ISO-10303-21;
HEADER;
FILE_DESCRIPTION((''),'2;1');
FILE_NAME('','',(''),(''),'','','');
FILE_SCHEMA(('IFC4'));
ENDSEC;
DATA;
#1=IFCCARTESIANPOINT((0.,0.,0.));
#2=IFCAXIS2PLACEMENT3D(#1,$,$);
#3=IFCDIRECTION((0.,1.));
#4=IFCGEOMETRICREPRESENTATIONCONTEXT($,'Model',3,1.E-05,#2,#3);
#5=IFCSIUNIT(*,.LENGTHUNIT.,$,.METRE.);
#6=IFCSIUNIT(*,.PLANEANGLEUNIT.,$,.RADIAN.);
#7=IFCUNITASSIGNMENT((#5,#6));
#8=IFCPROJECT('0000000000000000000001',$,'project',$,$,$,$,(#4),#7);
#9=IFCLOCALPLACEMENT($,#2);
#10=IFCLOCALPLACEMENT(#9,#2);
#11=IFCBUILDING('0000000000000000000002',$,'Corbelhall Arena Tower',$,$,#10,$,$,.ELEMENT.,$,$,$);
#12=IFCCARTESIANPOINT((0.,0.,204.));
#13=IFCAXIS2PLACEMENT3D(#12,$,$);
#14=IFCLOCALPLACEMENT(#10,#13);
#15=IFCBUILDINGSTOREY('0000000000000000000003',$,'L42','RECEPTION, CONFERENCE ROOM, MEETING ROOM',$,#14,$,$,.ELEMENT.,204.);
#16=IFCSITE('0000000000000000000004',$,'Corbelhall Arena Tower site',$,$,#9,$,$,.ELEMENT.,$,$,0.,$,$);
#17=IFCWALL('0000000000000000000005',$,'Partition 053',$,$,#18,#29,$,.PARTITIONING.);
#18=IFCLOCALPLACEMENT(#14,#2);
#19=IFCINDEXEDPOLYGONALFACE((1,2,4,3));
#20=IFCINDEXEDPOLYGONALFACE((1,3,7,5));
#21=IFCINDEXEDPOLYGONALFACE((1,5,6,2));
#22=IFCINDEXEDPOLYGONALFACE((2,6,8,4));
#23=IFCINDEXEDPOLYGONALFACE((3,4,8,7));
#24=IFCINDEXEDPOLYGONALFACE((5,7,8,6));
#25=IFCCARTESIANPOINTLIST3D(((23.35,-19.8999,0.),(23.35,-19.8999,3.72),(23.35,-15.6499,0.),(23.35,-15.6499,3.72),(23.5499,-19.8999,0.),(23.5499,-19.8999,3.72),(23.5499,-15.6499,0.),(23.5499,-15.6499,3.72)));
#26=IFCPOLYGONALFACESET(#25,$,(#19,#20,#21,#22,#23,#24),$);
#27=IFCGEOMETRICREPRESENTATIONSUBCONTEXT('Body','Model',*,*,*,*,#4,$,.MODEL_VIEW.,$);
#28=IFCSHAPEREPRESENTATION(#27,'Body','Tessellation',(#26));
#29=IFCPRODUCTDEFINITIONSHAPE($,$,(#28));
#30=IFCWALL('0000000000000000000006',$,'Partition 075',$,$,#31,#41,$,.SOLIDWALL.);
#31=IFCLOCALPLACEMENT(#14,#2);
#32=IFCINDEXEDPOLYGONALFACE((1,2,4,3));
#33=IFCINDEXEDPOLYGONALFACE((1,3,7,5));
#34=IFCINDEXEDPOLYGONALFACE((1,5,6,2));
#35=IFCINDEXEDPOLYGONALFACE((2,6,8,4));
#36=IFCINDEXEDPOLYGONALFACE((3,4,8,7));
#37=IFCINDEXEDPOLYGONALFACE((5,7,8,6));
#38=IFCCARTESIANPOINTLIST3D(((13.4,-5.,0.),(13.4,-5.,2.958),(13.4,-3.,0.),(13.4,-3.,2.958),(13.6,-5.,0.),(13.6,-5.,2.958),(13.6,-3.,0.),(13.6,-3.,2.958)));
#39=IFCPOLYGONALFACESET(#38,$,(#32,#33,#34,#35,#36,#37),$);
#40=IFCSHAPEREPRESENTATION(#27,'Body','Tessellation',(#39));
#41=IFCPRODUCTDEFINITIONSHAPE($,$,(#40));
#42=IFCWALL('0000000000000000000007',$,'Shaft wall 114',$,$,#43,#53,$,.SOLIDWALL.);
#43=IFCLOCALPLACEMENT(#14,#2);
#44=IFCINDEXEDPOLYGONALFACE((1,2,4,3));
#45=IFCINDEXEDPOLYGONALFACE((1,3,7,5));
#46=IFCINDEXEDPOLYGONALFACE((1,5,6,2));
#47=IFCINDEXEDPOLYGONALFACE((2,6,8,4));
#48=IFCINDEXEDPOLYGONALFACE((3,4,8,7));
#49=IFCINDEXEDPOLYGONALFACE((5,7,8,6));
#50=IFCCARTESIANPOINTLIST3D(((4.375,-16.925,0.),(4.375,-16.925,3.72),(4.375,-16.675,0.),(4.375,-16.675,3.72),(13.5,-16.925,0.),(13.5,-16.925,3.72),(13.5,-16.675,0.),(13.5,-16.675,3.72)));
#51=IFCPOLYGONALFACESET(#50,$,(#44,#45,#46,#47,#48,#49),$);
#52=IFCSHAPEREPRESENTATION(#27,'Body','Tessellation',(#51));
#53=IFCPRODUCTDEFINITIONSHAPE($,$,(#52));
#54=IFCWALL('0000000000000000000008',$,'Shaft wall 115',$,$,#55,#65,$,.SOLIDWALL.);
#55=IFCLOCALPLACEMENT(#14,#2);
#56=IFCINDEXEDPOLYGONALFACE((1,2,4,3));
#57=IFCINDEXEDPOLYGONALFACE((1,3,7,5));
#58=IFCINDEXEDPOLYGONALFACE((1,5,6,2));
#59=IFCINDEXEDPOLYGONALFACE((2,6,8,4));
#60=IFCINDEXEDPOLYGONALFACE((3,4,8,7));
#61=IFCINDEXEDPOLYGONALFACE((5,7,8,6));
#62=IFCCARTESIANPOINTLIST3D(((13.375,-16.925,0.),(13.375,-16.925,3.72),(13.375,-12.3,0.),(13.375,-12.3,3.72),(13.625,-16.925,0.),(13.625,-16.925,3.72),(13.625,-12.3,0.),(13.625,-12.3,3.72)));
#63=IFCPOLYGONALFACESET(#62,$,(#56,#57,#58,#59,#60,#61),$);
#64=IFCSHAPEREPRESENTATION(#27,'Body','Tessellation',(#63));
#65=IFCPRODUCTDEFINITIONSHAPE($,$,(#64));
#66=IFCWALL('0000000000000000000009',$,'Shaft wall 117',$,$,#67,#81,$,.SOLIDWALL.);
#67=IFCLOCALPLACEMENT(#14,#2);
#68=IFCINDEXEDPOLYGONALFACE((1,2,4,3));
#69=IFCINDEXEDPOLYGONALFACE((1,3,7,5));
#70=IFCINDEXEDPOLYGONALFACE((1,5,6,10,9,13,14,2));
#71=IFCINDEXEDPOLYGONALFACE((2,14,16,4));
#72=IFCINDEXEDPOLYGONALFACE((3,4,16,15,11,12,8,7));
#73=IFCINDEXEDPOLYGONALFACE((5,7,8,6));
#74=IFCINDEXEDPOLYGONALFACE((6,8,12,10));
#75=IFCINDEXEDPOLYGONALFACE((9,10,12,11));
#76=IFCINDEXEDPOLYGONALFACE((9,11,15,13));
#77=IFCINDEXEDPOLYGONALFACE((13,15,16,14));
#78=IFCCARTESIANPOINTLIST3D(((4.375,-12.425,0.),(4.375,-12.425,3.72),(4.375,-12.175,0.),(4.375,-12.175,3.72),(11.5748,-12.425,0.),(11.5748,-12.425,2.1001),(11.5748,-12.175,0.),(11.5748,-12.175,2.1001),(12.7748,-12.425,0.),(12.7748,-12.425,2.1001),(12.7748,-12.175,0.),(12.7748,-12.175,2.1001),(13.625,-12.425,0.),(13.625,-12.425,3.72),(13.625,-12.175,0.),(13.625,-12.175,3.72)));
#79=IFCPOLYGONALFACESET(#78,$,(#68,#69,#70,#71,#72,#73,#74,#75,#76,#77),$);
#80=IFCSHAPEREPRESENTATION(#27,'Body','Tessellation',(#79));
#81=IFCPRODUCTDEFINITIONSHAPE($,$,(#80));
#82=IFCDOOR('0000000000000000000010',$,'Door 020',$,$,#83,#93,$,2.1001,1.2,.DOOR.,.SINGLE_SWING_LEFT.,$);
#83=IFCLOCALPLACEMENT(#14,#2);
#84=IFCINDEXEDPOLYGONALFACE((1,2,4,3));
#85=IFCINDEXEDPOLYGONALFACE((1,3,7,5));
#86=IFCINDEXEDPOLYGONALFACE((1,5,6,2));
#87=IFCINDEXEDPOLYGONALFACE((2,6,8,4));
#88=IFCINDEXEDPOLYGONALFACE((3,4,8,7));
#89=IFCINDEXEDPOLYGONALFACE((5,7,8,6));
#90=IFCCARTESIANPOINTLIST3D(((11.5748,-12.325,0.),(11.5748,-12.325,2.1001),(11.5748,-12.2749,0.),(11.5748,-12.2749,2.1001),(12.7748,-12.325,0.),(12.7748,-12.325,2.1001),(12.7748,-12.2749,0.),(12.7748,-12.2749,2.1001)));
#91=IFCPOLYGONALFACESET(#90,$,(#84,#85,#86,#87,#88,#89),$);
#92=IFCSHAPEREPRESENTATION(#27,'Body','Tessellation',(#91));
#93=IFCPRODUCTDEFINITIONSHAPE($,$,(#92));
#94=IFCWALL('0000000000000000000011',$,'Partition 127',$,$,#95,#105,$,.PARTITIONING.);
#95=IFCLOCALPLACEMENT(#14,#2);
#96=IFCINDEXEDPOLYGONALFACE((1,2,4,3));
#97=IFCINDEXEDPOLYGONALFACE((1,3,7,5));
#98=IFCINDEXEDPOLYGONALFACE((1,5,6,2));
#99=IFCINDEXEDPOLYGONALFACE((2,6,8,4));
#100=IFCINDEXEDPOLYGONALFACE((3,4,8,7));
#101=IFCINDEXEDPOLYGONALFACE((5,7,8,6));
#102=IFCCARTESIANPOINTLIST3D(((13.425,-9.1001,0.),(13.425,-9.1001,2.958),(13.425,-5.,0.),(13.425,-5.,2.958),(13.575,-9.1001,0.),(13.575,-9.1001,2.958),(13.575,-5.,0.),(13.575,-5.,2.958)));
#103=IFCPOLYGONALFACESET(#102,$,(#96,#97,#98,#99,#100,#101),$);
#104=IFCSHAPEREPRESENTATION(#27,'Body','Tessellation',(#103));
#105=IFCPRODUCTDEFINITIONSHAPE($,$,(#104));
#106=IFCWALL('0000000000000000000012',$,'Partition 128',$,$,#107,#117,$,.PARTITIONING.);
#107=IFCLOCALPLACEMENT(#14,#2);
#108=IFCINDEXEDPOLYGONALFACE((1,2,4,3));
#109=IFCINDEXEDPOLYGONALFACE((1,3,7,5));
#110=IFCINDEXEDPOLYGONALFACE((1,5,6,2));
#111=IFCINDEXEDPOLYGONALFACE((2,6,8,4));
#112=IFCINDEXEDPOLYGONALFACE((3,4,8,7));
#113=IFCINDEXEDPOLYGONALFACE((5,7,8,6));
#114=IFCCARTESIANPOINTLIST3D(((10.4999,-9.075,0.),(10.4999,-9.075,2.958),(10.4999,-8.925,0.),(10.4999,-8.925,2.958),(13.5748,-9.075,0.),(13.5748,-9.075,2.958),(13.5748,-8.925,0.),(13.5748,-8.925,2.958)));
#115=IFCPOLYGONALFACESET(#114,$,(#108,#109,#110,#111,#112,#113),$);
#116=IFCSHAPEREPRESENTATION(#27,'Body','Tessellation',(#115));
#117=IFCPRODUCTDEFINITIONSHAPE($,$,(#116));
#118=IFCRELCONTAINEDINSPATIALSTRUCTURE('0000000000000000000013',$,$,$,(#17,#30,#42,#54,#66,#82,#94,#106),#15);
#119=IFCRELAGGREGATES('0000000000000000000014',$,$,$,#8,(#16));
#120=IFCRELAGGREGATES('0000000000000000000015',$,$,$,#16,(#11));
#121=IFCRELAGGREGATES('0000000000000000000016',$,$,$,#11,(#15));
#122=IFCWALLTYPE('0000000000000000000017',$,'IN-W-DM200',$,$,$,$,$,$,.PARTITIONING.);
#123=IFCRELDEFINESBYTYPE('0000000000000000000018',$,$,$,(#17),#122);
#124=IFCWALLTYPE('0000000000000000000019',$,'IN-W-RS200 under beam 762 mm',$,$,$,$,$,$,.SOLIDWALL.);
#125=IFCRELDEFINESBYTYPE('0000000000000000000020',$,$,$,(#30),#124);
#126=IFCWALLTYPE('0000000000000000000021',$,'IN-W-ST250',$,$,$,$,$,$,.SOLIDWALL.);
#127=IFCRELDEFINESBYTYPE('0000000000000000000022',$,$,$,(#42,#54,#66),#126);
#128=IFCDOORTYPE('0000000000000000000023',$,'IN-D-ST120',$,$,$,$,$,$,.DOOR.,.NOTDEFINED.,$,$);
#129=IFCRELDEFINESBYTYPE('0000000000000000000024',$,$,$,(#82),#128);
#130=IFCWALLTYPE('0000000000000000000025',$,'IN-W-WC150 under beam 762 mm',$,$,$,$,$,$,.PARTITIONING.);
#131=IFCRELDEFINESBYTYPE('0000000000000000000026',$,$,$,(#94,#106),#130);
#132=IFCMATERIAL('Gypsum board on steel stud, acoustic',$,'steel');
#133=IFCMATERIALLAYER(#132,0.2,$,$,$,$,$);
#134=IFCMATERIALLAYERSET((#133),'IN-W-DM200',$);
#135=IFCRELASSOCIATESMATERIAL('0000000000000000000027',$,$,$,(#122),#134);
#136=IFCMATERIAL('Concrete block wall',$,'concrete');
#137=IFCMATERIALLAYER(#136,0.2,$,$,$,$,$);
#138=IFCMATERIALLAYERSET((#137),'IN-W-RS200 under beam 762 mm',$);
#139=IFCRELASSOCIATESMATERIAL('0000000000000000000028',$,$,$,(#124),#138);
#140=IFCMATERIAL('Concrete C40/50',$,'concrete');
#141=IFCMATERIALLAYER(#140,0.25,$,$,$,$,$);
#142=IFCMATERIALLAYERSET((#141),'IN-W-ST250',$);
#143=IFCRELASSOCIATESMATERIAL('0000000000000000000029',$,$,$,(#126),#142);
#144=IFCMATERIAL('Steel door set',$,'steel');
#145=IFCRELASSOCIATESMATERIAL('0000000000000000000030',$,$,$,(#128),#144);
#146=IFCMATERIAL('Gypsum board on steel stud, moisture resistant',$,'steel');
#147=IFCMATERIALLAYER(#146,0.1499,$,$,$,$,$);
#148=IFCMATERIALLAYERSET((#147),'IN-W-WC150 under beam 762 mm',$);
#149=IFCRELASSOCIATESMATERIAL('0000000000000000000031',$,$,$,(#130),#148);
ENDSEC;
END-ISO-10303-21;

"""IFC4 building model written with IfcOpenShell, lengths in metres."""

from ifc_helpers import new_model, si_unit, direction, frame, frame_2d, origin, place, context, subcontext, project, spatial, rectangle, extrude, material, layer, layer_set, type_object, element, fill, save


model = new_model("IFC4")

# Units and contexts
model_context = context("Model", 3, precision=1e-05, world=origin(), true_north=direction((0.0, 1.0)))
body_context = subcontext(model_context, "Body", "Model", "MODEL_VIEW")
ifc_project = project(units=[si_unit("LENGTHUNIT", "METRE"), si_unit("PLANEANGLEUNIT", "RADIAN")], contexts=[model_context])

# Site, building, storey
site_placement = place(None, origin())
site = spatial("IfcSite", under=ifc_project, at=site_placement, Name="Corbelhall Arena Tower site", CompositionType="ELEMENT", RefElevation=0.0)
building_placement = place(site_placement, origin())
building = spatial("IfcBuilding", under=site, at=building_placement, Name="Corbelhall Arena Tower", CompositionType="ELEMENT")
storey_placement = place(building_placement, frame((0.0, 0.0, 204.0)))
storey = spatial("IfcBuildingStorey", under=building, at=storey_placement, Name="L42", Description="RECEPTION, CONFERENCE ROOM, MEETING ROOM", CompositionType="ELEMENT", Elevation=204.0)

# Shared definitions
ifc_material_1 = material(Name="Gypsum board on steel stud, acoustic", Category="steel")
ifc_layer_1 = layer(ifc_material_1, 0.2)
ifc_layer_set_1 = layer_set([ifc_layer_1], Name="IN-W-DM200")
wall_type_1 = type_object("IfcWallType", Name="IN-W-DM200", PredefinedType="PARTITIONING", material=ifc_layer_set_1)

# Shared definitions
ifc_material_2 = material(Name="Steel door set", Category="steel")

# Walls
wall_1_placement = place(storey_placement, frame((23.45, -15.6499, 0.0), z_axis=(0.0, 0.0, 1.0), x_axis=(0.0, -1.0, 0.0)))
element("IfcWall", 1, at=wall_1_placement, inside=storey, type_object=wall_type_1, Name="Partition 053", PredefinedType="PARTITIONING", context=body_context, shape_type="SweptSolid", body=[
    extrude(rectangle(XDim=4.25, YDim=0.2, at=frame_2d((2.125, 0.0))), origin(), (0.0, 0.0, 1.0), 3.72),
])
ifc_material_3 = material(Name="Concrete block wall", Category="concrete")
ifc_layer_2 = layer(ifc_material_3, 0.2)
ifc_layer_set_2 = layer_set([ifc_layer_2], Name="IN-W-RS200 under beam 762 mm")
wall_type_2 = type_object("IfcWallType", Name="IN-W-RS200 under beam 762 mm", PredefinedType="SOLIDWALL", material=ifc_layer_set_2)
wall_2_placement = place(storey_placement, frame((13.5, -3.0, 0.0), z_axis=(0.0, 0.0, 1.0), x_axis=(0.0, -1.0, 0.0)))
element("IfcWall", 2, at=wall_2_placement, inside=storey, type_object=wall_type_2, Name="Partition 075", PredefinedType="SOLIDWALL", context=body_context, shape_type="SweptSolid", body=[
    extrude(rectangle(XDim=2.0, YDim=0.2, at=frame_2d((1.0, 0.0))), origin(), (0.0, 0.0, 1.0), 2.958),
])
ifc_material_4 = material(Name="Concrete C40/50", Category="concrete")
ifc_layer_3 = layer(ifc_material_4, 0.25)
ifc_layer_set_3 = layer_set([ifc_layer_3], Name="IN-W-ST250")
wall_type_3 = type_object("IfcWallType", Name="IN-W-ST250", PredefinedType="SOLIDWALL", material=ifc_layer_set_3)
wall_3_placement = place(storey_placement, frame((13.5, -16.8, 0.0), z_axis=(0.0, 0.0, 1.0), x_axis=(-1.0, 0.0, 0.0)))
element("IfcWall", 3, at=wall_3_placement, inside=storey, type_object=wall_type_3, Name="Shaft wall 114", PredefinedType="SOLIDWALL", context=body_context, shape_type="SweptSolid", body=[
    extrude(rectangle(XDim=9.125, YDim=0.25, at=frame_2d((4.5625, 0.0))), origin(), (0.0, 0.0, 1.0), 3.72),
])
wall_4_placement = place(storey_placement, frame((13.5, -12.3, 0.0), z_axis=(0.0, 0.0, 1.0), x_axis=(0.0, -1.0, 0.0)))
element("IfcWall", 4, at=wall_4_placement, inside=storey, type_object=wall_type_3, Name="Shaft wall 115", PredefinedType="SOLIDWALL", context=body_context, shape_type="SweptSolid", body=[
    extrude(rectangle(XDim=4.625, YDim=0.25, at=frame_2d((2.3125, 0.0))), origin(), (0.0, 0.0, 1.0), 3.72),
])

# Wall, opening, door
wall_5_placement = place(storey_placement, frame((13.625, -12.3, 0.0), z_axis=(0.0, 0.0, 1.0), x_axis=(-1.0, 0.0, 0.0)))
wall_5 = element("IfcWall", 5, at=wall_5_placement, inside=storey, type_object=wall_type_3, Name="Shaft wall 117", PredefinedType="SOLIDWALL", context=body_context, shape_type="SweptSolid", body=[
    extrude(rectangle(XDim=9.25, YDim=0.25, at=frame_2d((4.625, 0.0))), origin(), (0.0, 0.0, 1.0), 3.72),
])
opening_1_placement = place(wall_5_placement, frame((0.8501, 0.0, 0.0)))
opening_1 = element("IfcOpeningElement", 6, at=opening_1_placement, cuts=wall_5, PredefinedType="OPENING", context=body_context, shape_type="SweptSolid", body=[
    extrude(rectangle(XDim=1.2, YDim=2.1001, at=frame_2d((0.6001, 1.05))), frame((0.0, 0.125, 0.0), z_axis=(0.0, -1.0, 0.0), x_axis=(1.0, 0.0, 0.0)), (0.0, 0.0, 1.0), 0.25),
])
door_type_1 = type_object("IfcDoorType", Name="IN-D-ST120", OperationType="NOTDEFINED", PredefinedType="DOOR", material=ifc_material_2)
door_1_placement = place(opening_1_placement, origin())
door_1 = element("IfcDoor", 7, at=door_1_placement, inside=storey, type_object=door_type_1, Name="Door 020", OperationType="SINGLE_SWING_LEFT", OverallHeight=2.1001, OverallWidth=1.2, PredefinedType="DOOR", context=body_context, shape_type="SweptSolid", body=[
    extrude(rectangle(XDim=1.2, YDim=2.1001, at=frame_2d((0.6001, 1.05))), frame((0.0, 0.0249, 0.0), z_axis=(0.0, -1.0, 0.0), x_axis=(1.0, 0.0, 0.0)), (0.0, 0.0, 1.0), 0.05),
])
fill(opening_1, door_1)

# Walls
ifc_material_5 = material(Name="Gypsum board on steel stud, moisture resistant", Category="steel")
ifc_layer_4 = layer(ifc_material_5, 0.1499)
ifc_layer_set_4 = layer_set([ifc_layer_4], Name="IN-W-WC150 under beam 762 mm")
wall_type_4 = type_object("IfcWallType", Name="IN-W-WC150 under beam 762 mm", PredefinedType="PARTITIONING", material=ifc_layer_set_4)
wall_6_placement = place(storey_placement, frame((13.5, -5.0, 0.0), z_axis=(0.0, 0.0, 1.0), x_axis=(0.0, -1.0, 0.0)))
element("IfcWall", 8, at=wall_6_placement, inside=storey, type_object=wall_type_4, Name="Partition 127", PredefinedType="PARTITIONING", context=body_context, shape_type="SweptSolid", body=[
    extrude(rectangle(XDim=4.1001, YDim=0.1499, at=frame_2d((2.05, 0.0))), origin(), (0.0, 0.0, 1.0), 2.958),
])
wall_7_placement = place(storey_placement, frame((13.575, -9.0, 0.0), z_axis=(0.0, 0.0, 1.0), x_axis=(-1.0, 0.0, 0.0)))
element("IfcWall", 9, at=wall_7_placement, inside=storey, type_object=wall_type_4, Name="Partition 128", PredefinedType="PARTITIONING", context=body_context, shape_type="SweptSolid", body=[
    extrude(rectangle(XDim=3.075, YDim=0.1499, at=frame_2d((1.5376, 0.0))), origin(), (0.0, 0.0, 1.0), 2.958),
])

save(model, "model.ifc")
